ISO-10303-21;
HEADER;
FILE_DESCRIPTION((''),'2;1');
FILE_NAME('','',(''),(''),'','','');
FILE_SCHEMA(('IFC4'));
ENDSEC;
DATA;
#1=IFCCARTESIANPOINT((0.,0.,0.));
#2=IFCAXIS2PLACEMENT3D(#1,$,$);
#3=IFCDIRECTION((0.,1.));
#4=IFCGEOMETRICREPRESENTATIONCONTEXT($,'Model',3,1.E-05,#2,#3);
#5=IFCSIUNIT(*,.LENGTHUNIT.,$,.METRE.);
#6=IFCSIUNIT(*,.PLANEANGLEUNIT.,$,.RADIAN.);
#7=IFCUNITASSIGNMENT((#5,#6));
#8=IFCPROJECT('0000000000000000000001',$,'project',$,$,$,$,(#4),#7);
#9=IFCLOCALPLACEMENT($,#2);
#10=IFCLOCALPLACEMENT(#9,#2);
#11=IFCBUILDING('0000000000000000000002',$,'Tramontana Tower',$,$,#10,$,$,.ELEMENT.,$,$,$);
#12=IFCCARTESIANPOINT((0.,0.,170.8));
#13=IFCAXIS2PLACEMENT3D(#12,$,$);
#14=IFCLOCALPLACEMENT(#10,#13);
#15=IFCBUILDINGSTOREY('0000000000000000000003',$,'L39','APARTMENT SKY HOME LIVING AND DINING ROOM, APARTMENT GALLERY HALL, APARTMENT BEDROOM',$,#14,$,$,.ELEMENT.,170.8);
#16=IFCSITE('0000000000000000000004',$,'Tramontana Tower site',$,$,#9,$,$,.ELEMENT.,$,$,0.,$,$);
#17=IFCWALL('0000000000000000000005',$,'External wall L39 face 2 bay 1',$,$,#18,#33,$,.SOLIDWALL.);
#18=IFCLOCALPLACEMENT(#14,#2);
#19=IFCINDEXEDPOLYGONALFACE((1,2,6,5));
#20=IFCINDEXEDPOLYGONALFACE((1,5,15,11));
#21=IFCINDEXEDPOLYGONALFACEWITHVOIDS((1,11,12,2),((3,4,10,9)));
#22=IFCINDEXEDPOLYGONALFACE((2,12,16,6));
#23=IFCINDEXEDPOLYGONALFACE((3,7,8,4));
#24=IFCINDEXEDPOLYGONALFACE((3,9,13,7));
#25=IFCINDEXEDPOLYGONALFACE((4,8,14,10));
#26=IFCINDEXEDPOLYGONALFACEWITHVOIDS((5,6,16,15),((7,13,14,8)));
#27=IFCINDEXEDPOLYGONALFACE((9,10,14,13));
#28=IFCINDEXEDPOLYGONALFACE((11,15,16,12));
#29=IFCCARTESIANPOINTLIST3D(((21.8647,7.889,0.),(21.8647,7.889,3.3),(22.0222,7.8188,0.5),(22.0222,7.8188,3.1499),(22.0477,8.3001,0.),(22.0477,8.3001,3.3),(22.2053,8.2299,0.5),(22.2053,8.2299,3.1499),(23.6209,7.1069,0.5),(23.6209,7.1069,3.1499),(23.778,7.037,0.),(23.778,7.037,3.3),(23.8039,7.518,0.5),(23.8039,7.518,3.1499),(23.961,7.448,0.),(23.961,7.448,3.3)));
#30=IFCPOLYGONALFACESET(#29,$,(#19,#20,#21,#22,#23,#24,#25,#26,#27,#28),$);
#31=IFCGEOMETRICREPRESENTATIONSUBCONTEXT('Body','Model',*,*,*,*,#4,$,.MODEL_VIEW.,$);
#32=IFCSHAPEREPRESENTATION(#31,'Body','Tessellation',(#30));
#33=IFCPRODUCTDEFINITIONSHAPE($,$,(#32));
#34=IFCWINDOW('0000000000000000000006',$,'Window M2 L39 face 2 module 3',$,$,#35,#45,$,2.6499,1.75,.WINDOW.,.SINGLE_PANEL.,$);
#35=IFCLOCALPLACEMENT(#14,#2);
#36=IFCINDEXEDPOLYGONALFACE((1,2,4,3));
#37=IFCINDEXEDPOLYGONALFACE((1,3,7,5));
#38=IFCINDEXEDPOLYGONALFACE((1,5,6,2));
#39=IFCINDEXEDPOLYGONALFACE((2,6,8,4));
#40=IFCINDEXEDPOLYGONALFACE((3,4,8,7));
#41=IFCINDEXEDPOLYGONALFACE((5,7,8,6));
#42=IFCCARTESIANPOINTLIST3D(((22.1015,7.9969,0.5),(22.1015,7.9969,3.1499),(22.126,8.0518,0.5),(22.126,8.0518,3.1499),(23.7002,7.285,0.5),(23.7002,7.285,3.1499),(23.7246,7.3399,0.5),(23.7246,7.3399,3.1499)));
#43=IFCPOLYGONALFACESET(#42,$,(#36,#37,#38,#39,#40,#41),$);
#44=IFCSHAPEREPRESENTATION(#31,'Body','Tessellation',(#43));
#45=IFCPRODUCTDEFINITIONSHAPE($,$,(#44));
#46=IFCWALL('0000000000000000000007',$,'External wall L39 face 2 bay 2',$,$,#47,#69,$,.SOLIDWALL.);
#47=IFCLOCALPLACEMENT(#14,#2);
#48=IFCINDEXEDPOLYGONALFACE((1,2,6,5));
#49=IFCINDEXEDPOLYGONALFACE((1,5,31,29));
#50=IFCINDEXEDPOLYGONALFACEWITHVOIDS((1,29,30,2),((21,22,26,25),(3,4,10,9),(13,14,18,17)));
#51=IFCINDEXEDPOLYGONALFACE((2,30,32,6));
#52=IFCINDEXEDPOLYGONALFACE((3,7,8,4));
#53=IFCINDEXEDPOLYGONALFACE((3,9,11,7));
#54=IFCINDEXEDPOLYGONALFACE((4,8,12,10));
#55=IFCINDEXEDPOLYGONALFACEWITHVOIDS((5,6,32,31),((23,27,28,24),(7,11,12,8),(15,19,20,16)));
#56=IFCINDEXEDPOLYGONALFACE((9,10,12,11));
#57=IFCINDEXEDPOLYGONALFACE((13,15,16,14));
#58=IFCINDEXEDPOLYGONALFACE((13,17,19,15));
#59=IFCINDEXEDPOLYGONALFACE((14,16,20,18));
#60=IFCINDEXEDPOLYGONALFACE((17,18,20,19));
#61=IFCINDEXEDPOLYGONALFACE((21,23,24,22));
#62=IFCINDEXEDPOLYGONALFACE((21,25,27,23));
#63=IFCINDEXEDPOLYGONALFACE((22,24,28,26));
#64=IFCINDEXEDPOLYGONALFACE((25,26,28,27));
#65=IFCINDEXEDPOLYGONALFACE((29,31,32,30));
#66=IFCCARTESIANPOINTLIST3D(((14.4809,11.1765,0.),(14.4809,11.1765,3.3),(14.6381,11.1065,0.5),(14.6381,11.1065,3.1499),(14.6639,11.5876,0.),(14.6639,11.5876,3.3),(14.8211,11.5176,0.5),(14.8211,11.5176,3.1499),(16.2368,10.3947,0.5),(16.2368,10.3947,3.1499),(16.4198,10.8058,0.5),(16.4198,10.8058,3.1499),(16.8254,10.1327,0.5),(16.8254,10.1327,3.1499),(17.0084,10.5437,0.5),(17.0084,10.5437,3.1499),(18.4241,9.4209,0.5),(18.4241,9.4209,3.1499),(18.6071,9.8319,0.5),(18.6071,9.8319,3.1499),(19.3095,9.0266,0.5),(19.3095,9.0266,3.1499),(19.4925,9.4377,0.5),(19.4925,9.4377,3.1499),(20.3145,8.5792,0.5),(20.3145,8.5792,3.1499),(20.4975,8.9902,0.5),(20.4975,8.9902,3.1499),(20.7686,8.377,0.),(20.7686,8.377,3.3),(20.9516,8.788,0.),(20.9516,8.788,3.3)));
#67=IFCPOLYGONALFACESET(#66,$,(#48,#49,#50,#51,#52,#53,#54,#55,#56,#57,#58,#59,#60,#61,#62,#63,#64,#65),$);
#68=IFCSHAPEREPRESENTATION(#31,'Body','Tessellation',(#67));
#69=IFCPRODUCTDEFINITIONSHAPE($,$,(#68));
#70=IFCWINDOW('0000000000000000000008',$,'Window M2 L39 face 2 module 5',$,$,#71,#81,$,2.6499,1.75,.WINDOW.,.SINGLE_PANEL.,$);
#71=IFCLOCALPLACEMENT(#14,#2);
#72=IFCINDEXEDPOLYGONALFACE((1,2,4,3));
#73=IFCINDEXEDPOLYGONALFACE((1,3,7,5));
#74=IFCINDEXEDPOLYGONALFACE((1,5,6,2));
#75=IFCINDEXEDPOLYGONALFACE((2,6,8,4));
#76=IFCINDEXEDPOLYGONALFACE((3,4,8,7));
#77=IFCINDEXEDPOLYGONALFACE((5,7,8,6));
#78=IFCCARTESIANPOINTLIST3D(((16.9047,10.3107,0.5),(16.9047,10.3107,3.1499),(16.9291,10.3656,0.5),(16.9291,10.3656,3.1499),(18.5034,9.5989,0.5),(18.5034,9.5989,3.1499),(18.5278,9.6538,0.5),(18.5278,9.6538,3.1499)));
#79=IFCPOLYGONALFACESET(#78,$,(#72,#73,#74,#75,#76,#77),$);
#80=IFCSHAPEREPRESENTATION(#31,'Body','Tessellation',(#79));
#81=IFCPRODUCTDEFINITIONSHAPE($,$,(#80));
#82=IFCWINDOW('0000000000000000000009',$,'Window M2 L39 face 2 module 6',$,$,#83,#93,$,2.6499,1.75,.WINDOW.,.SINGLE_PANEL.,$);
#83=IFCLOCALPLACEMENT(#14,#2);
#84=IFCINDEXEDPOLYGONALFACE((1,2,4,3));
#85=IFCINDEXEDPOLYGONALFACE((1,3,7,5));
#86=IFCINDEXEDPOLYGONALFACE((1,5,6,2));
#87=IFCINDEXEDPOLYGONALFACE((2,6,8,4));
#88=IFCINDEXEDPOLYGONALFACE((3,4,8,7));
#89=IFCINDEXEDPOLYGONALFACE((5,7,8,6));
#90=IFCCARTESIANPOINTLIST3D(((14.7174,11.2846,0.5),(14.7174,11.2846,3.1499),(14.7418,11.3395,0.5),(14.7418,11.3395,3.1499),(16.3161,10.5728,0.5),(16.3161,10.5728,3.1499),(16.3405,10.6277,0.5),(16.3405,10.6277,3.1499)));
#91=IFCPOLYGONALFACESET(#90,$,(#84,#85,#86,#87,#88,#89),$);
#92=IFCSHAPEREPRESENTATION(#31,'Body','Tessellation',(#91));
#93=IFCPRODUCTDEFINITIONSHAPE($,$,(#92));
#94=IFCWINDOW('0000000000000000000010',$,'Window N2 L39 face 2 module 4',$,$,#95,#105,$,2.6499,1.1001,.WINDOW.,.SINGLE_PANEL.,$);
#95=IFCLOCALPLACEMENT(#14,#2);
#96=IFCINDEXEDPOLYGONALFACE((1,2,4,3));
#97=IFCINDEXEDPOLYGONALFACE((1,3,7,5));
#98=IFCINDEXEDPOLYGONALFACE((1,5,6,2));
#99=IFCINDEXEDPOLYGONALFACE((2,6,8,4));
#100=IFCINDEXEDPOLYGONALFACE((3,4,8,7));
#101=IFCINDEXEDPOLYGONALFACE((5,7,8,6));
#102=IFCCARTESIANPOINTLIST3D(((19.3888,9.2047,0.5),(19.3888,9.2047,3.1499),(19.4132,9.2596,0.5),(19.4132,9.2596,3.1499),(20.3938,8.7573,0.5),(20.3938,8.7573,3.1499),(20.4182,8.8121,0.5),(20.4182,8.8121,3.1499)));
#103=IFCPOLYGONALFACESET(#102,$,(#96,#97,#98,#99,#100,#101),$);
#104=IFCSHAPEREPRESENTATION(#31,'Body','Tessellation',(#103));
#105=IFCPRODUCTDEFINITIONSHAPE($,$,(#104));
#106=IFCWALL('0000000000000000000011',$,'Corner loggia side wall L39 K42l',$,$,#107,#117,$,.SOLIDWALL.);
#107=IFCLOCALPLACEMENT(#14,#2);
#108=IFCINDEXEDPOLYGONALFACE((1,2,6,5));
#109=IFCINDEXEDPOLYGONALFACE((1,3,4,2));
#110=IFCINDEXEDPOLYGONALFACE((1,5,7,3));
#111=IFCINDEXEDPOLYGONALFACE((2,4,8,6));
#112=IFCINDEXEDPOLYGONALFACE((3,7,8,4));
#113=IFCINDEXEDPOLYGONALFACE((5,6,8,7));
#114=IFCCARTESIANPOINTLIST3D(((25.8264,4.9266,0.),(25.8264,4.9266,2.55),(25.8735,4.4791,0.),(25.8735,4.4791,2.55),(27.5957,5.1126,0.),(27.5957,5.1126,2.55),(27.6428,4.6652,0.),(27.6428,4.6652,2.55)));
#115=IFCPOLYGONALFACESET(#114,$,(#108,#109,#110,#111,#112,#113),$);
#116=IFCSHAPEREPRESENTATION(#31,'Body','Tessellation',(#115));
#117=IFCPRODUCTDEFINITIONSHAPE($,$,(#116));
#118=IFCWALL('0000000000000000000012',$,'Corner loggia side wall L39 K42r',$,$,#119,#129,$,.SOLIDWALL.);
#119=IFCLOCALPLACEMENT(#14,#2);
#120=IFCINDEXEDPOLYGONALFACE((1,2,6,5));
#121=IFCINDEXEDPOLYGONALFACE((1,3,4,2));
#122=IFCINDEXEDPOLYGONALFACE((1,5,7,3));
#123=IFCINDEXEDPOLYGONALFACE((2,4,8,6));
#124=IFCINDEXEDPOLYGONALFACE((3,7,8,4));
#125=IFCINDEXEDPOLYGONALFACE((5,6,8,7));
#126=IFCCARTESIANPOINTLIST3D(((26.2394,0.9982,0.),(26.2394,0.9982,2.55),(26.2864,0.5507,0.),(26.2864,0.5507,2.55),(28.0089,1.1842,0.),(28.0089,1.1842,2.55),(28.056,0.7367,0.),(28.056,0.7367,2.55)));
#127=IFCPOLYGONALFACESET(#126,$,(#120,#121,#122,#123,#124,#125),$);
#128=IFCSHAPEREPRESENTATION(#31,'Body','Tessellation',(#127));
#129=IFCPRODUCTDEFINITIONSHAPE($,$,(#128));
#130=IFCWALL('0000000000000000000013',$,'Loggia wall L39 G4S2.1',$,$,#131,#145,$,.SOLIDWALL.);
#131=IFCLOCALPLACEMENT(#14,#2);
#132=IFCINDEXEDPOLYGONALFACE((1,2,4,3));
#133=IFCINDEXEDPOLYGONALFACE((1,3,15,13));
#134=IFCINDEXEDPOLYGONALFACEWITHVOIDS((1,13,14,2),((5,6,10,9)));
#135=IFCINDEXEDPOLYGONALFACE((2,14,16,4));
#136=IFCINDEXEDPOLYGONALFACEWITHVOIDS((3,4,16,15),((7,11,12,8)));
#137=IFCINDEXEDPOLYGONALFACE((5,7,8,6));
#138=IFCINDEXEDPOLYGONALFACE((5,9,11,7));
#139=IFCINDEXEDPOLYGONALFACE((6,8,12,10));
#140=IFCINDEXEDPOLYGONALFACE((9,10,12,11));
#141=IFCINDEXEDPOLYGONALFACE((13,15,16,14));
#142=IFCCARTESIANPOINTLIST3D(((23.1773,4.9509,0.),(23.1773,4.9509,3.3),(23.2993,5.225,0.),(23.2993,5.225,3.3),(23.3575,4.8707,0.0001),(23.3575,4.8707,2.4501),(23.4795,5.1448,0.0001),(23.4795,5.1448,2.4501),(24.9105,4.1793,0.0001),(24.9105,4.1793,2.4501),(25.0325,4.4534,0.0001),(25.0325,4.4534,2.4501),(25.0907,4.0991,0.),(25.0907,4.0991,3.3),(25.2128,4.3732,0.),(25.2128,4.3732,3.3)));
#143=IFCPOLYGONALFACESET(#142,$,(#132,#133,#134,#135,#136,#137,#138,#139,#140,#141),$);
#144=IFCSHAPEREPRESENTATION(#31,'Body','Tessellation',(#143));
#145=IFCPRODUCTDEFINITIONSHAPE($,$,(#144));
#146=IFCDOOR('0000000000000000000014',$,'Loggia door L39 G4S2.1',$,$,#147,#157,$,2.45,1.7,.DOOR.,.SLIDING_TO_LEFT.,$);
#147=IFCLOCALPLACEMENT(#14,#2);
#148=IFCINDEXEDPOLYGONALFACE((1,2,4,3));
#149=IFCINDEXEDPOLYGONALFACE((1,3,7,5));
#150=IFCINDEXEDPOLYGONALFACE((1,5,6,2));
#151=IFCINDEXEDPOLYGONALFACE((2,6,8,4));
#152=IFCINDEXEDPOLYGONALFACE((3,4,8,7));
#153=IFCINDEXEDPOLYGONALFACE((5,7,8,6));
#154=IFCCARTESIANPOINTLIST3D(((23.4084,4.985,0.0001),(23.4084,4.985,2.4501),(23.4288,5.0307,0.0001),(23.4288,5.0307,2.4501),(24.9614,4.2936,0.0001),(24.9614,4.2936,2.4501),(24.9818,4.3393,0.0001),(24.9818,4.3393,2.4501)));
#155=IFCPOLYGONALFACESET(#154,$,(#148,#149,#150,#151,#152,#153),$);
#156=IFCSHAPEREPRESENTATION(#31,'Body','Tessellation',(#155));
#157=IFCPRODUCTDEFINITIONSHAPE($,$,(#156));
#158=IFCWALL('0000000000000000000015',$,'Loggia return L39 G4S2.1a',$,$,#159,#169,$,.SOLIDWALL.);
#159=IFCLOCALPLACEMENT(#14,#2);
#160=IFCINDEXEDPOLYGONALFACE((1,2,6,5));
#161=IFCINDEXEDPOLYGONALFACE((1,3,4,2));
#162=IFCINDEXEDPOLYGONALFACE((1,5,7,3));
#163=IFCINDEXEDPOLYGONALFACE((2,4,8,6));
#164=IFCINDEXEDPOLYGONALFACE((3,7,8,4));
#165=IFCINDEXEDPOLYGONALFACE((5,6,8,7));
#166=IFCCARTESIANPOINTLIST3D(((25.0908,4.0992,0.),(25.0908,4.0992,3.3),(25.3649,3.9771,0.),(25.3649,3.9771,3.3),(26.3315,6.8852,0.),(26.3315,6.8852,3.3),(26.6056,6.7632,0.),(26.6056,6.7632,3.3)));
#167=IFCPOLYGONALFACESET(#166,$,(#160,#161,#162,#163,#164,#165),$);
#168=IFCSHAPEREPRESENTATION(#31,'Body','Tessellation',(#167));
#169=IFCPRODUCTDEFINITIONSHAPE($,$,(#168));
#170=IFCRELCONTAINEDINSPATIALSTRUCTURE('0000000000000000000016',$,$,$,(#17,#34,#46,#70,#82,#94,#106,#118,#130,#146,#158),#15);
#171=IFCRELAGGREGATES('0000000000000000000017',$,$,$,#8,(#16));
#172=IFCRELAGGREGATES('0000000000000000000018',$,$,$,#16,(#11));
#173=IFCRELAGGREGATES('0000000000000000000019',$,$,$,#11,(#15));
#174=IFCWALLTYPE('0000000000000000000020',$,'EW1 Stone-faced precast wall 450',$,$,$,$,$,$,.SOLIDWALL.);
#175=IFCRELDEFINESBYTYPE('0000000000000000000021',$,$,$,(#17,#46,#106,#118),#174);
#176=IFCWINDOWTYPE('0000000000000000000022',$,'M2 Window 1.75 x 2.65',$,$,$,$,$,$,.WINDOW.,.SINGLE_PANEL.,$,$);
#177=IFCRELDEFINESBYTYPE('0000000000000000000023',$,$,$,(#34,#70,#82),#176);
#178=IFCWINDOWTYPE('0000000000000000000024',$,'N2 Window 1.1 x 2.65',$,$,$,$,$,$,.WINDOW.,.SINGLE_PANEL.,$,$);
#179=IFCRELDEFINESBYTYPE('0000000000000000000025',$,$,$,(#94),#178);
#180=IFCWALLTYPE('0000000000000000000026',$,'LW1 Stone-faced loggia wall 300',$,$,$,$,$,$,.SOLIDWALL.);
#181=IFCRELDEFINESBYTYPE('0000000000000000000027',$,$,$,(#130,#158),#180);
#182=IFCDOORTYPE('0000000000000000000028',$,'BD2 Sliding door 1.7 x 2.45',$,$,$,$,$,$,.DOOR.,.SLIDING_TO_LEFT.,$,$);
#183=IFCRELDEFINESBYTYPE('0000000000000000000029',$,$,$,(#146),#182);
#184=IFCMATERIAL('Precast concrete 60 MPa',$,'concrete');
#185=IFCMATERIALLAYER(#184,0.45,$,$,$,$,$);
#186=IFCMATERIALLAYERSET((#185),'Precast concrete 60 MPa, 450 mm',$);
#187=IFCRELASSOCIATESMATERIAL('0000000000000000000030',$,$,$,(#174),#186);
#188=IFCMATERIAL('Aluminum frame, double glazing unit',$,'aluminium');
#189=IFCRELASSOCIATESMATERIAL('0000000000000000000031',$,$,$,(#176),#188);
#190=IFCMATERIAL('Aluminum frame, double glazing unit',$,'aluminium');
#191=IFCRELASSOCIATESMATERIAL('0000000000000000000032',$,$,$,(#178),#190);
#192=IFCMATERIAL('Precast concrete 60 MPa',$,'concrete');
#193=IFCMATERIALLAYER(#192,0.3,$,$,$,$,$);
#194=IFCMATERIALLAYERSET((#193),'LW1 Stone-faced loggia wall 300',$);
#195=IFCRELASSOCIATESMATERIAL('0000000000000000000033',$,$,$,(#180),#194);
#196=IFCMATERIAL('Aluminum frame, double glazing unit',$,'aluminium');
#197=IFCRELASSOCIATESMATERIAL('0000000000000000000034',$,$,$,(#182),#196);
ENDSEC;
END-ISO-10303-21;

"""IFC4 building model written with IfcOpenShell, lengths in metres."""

from ifc_helpers import new_model, si_unit, direction, frame, frame_2d, origin, place, context, subcontext, project, spatial, rectangle, extrude, material, layer, layer_set, type_object, element, fill, save


model = new_model("IFC4")

# Units and contexts
model_context = context("Model", 3, precision=1e-05, world=origin(), true_north=direction((0.0, 1.0)))
body_context = subcontext(model_context, "Body", "Model", "MODEL_VIEW")
ifc_project = project(units=[si_unit("LENGTHUNIT", "METRE"), si_unit("PLANEANGLEUNIT", "RADIAN")], contexts=[model_context])

# Site, building, storey
site_placement = place(None, origin())
site = spatial("IfcSite", under=ifc_project, at=site_placement, Name="Tramontana Tower site", CompositionType="ELEMENT", RefElevation=0.0)
building_placement = place(site_placement, origin())
building = spatial("IfcBuilding", under=site, at=building_placement, Name="Tramontana Tower", CompositionType="ELEMENT")
storey_placement = place(building_placement, frame((0.0, 0.0, 170.8)))
storey = spatial("IfcBuildingStorey", under=building, at=storey_placement, Name="L39", Description="APARTMENT SKY HOME LIVING AND DINING ROOM, APARTMENT GALLERY HALL, APARTMENT BEDROOM", CompositionType="ELEMENT", Elevation=170.8)

# Wall, opening, window
ifc_material_1 = material(Name="Precast concrete 60 MPa", Category="concrete")
ifc_layer_1 = layer(ifc_material_1, 0.45)
ifc_layer_set_1 = layer_set([ifc_layer_1], Name="Precast concrete 60 MPa, 450 mm")
wall_type_1 = type_object("IfcWallType", Name="EW1 Stone-faced precast wall 450", PredefinedType="SOLIDWALL", material=ifc_layer_set_1)
wall_1_placement = place(storey_placement, frame((23.8696, 7.2424, 0.0), z_axis=(0.0, 0.0, 1.0), x_axis=(-0.913513, 0.406809, 0.0)))
wall_1 = element("IfcWall", 1, at=wall_1_placement, inside=storey, type_object=wall_type_1, Name="External wall L39 face 2 bay 1", PredefinedType="SOLIDWALL", context=body_context, shape_type="SweptSolid", body=[
    extrude(rectangle(XDim=2.0945, YDim=0.45, at=frame_2d((1.0474, 0.0))), origin(), (0.0, 0.0, 1.0), 3.3),
])
opening_1_placement = place(wall_1_placement, frame((0.1721, 0.0, 0.5)))
opening_1 = element("IfcOpeningElement", 2, at=opening_1_placement, cuts=wall_1, PredefinedType="OPENING", context=body_context, shape_type="SweptSolid", body=[
    extrude(rectangle(XDim=1.75, YDim=2.6499, at=frame_2d((0.875, 1.325))), frame((0.0, 0.2349, 0.0), z_axis=(0.0, -1.0, 0.0), x_axis=(1.0, 0.0, 0.0)), (0.0, 0.0, 1.0), 0.47),
])
ifc_material_2 = material(Name="Aluminum frame, double glazing unit", Category="aluminium")
window_type_1 = type_object("IfcWindowType", Name="M2 Window 1.75 x 2.65", PartitioningType="SINGLE_PANEL", PredefinedType="WINDOW", material=ifc_material_2)
window_1_placement = place(opening_1_placement, origin())
window_1 = element("IfcWindow", 3, at=window_1_placement, inside=storey, type_object=window_type_1, Name="Window M2 L39 face 2 module 3", OverallHeight=2.6499, OverallWidth=1.75, PartitioningType="SINGLE_PANEL", PredefinedType="WINDOW", context=body_context, shape_type="SweptSolid", body=[
    extrude(rectangle(XDim=1.75, YDim=2.6499, at=frame_2d((0.875, 1.325))), frame((0.0, 0.03, 0.0), z_axis=(0.0, -1.0, 0.0), x_axis=(1.0, 0.0, 0.0)), (0.0, 0.0, 1.0), 0.0601),
])
fill(opening_1, window_1)

# Wall, openings, windows
wall_2_placement = place(storey_placement, frame((20.8601, 8.5825, 0.0), z_axis=(0.0, 0.0, 1.0), x_axis=(-0.913544, 0.406741, 0.0)))
wall_2 = element("IfcWall", 4, at=wall_2_placement, inside=storey, type_object=wall_type_1, Name="External wall L39 face 2 bay 2", PredefinedType="SOLIDWALL", context=body_context, shape_type="SweptSolid", body=[
    extrude(rectangle(XDim=6.8828, YDim=0.45, at=frame_2d((3.4414, 0.0))), origin(), (0.0, 0.0, 1.0), 3.3),
])
opening_2_placement = place(wall_2_placement, frame((0.4971, 0.0, 0.5)))
opening_2 = element("IfcOpeningElement", 5, at=opening_2_placement, cuts=wall_2, PredefinedType="OPENING", context=body_context, shape_type="SweptSolid", body=[
    extrude(rectangle(XDim=1.1001, YDim=2.6499, at=frame_2d((0.55, 1.325))), frame((0.0, 0.2349, 0.0), z_axis=(0.0, -1.0, 0.0), x_axis=(1.0, 0.0, 0.0)), (0.0, 0.0, 1.0), 0.47),
])
opening_3_placement = place(wall_2_placement, frame((2.5664, 0.0, 0.5)))
opening_3 = element("IfcOpeningElement", 6, at=opening_3_placement, cuts=wall_2, PredefinedType="OPENING", context=body_context, shape_type="SweptSolid", body=[
    extrude(rectangle(XDim=1.75, YDim=2.6499, at=frame_2d((0.875, 1.325))), frame((0.0, 0.2349, 0.0), z_axis=(0.0, -1.0, 0.0), x_axis=(1.0, 0.0, 0.0)), (0.0, 0.0, 1.0), 0.47),
])
opening_4_placement = place(wall_2_placement, frame((4.9607, 0.0, 0.5)))
opening_4 = element("IfcOpeningElement", 7, at=opening_4_placement, cuts=wall_2, PredefinedType="OPENING", context=body_context, shape_type="SweptSolid", body=[
    extrude(rectangle(XDim=1.75, YDim=2.6499, at=frame_2d((0.875, 1.325))), frame((0.0, 0.2349, 0.0), z_axis=(0.0, -1.0, 0.0), x_axis=(1.0, 0.0, 0.0)), (0.0, 0.0, 1.0), 0.47),
])
window_2_placement = place(opening_3_placement, origin())
window_2 = element("IfcWindow", 8, at=window_2_placement, inside=storey, type_object=window_type_1, Name="Window M2 L39 face 2 module 5", OverallHeight=2.6499, OverallWidth=1.75, PartitioningType="SINGLE_PANEL", PredefinedType="WINDOW", context=body_context, shape_type="SweptSolid", body=[
    extrude(rectangle(XDim=1.75, YDim=2.6499, at=frame_2d((0.875, 1.325))), frame((0.0, 0.03, 0.0), z_axis=(0.0, -1.0, 0.0), x_axis=(1.0, 0.0, 0.0)), (0.0, 0.0, 1.0), 0.0601),
])
fill(opening_3, window_2)
window_3_placement = place(opening_4_placement, origin())
window_3 = element("IfcWindow", 9, at=window_3_placement, inside=storey, type_object=window_type_1, Name="Window M2 L39 face 2 module 6", OverallHeight=2.6499, OverallWidth=1.75, PartitioningType="SINGLE_PANEL", PredefinedType="WINDOW", context=body_context, shape_type="SweptSolid", body=[
    extrude(rectangle(XDim=1.75, YDim=2.6499, at=frame_2d((0.875, 1.325))), frame((0.0, 0.03, 0.0), z_axis=(0.0, -1.0, 0.0), x_axis=(1.0, 0.0, 0.0)), (0.0, 0.0, 1.0), 0.0601),
])
fill(opening_4, window_3)
ifc_material_3 = material(Name="Aluminum frame, double glazing unit", Category="aluminium")
window_type_2 = type_object("IfcWindowType", Name="N2 Window 1.1 x 2.65", PartitioningType="SINGLE_PANEL", PredefinedType="WINDOW", material=ifc_material_3)
window_4_placement = place(opening_2_placement, origin())
window_4 = element("IfcWindow", 10, at=window_4_placement, inside=storey, type_object=window_type_2, Name="Window N2 L39 face 2 module 4", OverallHeight=2.6499, OverallWidth=1.1001, PartitioningType="SINGLE_PANEL", PredefinedType="WINDOW", context=body_context, shape_type="SweptSolid", body=[
    extrude(rectangle(XDim=1.1001, YDim=2.6499, at=frame_2d((0.55, 1.325))), frame((0.0, 0.03, 0.0), z_axis=(0.0, -1.0, 0.0), x_axis=(1.0, 0.0, 0.0)), (0.0, 0.0, 1.0), 0.0601),
])
fill(opening_2, window_4)

# Walls
wall_3_placement = place(storey_placement, frame((27.6194, 4.8889, 0.0), z_axis=(0.0, 0.0, 1.0), x_axis=(-0.994517, -0.10457, 0.0)))
element("IfcWall", 11, at=wall_3_placement, inside=storey, type_object=wall_type_1, Name="Corner loggia side wall L39 K42l", PredefinedType="SOLIDWALL", context=body_context, shape_type="SweptSolid", body=[
    extrude(rectangle(XDim=1.7791, YDim=0.45, at=frame_2d((0.8896, 0.0))), origin(), (0.0, 0.0, 1.0), 2.55),
])
wall_4_placement = place(storey_placement, frame((28.0325, 0.9604, 0.0), z_axis=(0.0, 0.0, 1.0), x_axis=(-0.994519, -0.104556, 0.0)))
element("IfcWall", 12, at=wall_4_placement, inside=storey, type_object=wall_type_1, Name="Corner loggia side wall L39 K42r", PredefinedType="SOLIDWALL", context=body_context, shape_type="SweptSolid", body=[
    extrude(rectangle(XDim=1.7793, YDim=0.45, at=frame_2d((0.8896, 0.0))), origin(), (0.0, 0.0, 1.0), 2.55),
])

# Wall, opening, door
ifc_material_4 = material(Name="Precast concrete 60 MPa", Category="concrete")
ifc_layer_2 = layer(ifc_material_4, 0.3)
ifc_layer_set_2 = layer_set([ifc_layer_2], Name="LW1 Stone-faced loggia wall 300")
wall_type_2 = type_object("IfcWallType", Name="LW1 Stone-faced loggia wall 300", PredefinedType="SOLIDWALL", material=ifc_layer_set_2)
wall_5_placement = place(storey_placement, frame((25.1519, 4.2361, 0.0), z_axis=(0.0, 0.0, 1.0), x_axis=(-0.913557, 0.406712, 0.0)))
wall_5 = element("IfcWall", 13, at=wall_5_placement, inside=storey, type_object=wall_type_2, Name="Loggia wall L39 G4S2.1", PredefinedType="SOLIDWALL", context=body_context, shape_type="SweptSolid", body=[
    extrude(rectangle(XDim=2.0945, YDim=0.3, at=frame_2d((1.0474, 0.0))), origin(), (0.0, 0.0, 1.0), 3.3),
])
opening_5_placement = place(wall_5_placement, frame((0.1973, 0.0, 0.0)))
opening_5 = element("IfcOpeningElement", 14, at=opening_5_placement, cuts=wall_5, PredefinedType="OPENING", context=body_context, shape_type="SweptSolid", body=[
    extrude(rectangle(XDim=1.7, YDim=2.45, at=frame_2d((0.8501, 1.2251))), frame((0.0, 0.1599, 0.0), z_axis=(0.0, -1.0, 0.0), x_axis=(1.0, 0.0, 0.0)), (0.0, 0.0, 1.0), 0.3201),
])
ifc_material_5 = material(Name="Aluminum frame, double glazing unit", Category="aluminium")
door_type_1 = type_object("IfcDoorType", Name="BD2 Sliding door 1.7 x 2.45", OperationType="SLIDING_TO_LEFT", PredefinedType="DOOR", material=ifc_material_5)
door_1_placement = place(opening_5_placement, origin())
door_1 = element("IfcDoor", 15, at=door_1_placement, inside=storey, type_object=door_type_1, Name="Loggia door L39 G4S2.1", OperationType="SLIDING_TO_LEFT", OverallHeight=2.45, OverallWidth=1.7, PredefinedType="DOOR", context=body_context, shape_type="SweptSolid", body=[
    extrude(rectangle(XDim=1.7, YDim=2.45, at=frame_2d((0.8501, 1.2251))), frame((0.0, 0.0249, 0.0), z_axis=(0.0, -1.0, 0.0), x_axis=(1.0, 0.0, 0.0)), (0.0, 0.0, 1.0), 0.05),
])
fill(opening_5, door_1)

# Wall
for number, where, z_axis, x_axis, name in (
    (16, (26.4685, 6.8242, 0.0), (0.0, 0.0, 1.0), (-0.406807, -0.913514, 0.0), "Loggia return L39 G4S2.1a"),
):
    element("IfcWall", number, at=place(storey_placement, frame(where, z_axis=z_axis, x_axis=x_axis)), inside=storey, type_object=wall_type_2, Name=name, PredefinedType="SOLIDWALL", context=body_context, shape_type="SweptSolid", body=[
        extrude(rectangle(XDim=3.0498, YDim=0.3, at=frame_2d((1.5249, 0.0))), origin(), (0.0, 0.0, 1.0), 3.3),
    ])

save(model, "model.ifc")
